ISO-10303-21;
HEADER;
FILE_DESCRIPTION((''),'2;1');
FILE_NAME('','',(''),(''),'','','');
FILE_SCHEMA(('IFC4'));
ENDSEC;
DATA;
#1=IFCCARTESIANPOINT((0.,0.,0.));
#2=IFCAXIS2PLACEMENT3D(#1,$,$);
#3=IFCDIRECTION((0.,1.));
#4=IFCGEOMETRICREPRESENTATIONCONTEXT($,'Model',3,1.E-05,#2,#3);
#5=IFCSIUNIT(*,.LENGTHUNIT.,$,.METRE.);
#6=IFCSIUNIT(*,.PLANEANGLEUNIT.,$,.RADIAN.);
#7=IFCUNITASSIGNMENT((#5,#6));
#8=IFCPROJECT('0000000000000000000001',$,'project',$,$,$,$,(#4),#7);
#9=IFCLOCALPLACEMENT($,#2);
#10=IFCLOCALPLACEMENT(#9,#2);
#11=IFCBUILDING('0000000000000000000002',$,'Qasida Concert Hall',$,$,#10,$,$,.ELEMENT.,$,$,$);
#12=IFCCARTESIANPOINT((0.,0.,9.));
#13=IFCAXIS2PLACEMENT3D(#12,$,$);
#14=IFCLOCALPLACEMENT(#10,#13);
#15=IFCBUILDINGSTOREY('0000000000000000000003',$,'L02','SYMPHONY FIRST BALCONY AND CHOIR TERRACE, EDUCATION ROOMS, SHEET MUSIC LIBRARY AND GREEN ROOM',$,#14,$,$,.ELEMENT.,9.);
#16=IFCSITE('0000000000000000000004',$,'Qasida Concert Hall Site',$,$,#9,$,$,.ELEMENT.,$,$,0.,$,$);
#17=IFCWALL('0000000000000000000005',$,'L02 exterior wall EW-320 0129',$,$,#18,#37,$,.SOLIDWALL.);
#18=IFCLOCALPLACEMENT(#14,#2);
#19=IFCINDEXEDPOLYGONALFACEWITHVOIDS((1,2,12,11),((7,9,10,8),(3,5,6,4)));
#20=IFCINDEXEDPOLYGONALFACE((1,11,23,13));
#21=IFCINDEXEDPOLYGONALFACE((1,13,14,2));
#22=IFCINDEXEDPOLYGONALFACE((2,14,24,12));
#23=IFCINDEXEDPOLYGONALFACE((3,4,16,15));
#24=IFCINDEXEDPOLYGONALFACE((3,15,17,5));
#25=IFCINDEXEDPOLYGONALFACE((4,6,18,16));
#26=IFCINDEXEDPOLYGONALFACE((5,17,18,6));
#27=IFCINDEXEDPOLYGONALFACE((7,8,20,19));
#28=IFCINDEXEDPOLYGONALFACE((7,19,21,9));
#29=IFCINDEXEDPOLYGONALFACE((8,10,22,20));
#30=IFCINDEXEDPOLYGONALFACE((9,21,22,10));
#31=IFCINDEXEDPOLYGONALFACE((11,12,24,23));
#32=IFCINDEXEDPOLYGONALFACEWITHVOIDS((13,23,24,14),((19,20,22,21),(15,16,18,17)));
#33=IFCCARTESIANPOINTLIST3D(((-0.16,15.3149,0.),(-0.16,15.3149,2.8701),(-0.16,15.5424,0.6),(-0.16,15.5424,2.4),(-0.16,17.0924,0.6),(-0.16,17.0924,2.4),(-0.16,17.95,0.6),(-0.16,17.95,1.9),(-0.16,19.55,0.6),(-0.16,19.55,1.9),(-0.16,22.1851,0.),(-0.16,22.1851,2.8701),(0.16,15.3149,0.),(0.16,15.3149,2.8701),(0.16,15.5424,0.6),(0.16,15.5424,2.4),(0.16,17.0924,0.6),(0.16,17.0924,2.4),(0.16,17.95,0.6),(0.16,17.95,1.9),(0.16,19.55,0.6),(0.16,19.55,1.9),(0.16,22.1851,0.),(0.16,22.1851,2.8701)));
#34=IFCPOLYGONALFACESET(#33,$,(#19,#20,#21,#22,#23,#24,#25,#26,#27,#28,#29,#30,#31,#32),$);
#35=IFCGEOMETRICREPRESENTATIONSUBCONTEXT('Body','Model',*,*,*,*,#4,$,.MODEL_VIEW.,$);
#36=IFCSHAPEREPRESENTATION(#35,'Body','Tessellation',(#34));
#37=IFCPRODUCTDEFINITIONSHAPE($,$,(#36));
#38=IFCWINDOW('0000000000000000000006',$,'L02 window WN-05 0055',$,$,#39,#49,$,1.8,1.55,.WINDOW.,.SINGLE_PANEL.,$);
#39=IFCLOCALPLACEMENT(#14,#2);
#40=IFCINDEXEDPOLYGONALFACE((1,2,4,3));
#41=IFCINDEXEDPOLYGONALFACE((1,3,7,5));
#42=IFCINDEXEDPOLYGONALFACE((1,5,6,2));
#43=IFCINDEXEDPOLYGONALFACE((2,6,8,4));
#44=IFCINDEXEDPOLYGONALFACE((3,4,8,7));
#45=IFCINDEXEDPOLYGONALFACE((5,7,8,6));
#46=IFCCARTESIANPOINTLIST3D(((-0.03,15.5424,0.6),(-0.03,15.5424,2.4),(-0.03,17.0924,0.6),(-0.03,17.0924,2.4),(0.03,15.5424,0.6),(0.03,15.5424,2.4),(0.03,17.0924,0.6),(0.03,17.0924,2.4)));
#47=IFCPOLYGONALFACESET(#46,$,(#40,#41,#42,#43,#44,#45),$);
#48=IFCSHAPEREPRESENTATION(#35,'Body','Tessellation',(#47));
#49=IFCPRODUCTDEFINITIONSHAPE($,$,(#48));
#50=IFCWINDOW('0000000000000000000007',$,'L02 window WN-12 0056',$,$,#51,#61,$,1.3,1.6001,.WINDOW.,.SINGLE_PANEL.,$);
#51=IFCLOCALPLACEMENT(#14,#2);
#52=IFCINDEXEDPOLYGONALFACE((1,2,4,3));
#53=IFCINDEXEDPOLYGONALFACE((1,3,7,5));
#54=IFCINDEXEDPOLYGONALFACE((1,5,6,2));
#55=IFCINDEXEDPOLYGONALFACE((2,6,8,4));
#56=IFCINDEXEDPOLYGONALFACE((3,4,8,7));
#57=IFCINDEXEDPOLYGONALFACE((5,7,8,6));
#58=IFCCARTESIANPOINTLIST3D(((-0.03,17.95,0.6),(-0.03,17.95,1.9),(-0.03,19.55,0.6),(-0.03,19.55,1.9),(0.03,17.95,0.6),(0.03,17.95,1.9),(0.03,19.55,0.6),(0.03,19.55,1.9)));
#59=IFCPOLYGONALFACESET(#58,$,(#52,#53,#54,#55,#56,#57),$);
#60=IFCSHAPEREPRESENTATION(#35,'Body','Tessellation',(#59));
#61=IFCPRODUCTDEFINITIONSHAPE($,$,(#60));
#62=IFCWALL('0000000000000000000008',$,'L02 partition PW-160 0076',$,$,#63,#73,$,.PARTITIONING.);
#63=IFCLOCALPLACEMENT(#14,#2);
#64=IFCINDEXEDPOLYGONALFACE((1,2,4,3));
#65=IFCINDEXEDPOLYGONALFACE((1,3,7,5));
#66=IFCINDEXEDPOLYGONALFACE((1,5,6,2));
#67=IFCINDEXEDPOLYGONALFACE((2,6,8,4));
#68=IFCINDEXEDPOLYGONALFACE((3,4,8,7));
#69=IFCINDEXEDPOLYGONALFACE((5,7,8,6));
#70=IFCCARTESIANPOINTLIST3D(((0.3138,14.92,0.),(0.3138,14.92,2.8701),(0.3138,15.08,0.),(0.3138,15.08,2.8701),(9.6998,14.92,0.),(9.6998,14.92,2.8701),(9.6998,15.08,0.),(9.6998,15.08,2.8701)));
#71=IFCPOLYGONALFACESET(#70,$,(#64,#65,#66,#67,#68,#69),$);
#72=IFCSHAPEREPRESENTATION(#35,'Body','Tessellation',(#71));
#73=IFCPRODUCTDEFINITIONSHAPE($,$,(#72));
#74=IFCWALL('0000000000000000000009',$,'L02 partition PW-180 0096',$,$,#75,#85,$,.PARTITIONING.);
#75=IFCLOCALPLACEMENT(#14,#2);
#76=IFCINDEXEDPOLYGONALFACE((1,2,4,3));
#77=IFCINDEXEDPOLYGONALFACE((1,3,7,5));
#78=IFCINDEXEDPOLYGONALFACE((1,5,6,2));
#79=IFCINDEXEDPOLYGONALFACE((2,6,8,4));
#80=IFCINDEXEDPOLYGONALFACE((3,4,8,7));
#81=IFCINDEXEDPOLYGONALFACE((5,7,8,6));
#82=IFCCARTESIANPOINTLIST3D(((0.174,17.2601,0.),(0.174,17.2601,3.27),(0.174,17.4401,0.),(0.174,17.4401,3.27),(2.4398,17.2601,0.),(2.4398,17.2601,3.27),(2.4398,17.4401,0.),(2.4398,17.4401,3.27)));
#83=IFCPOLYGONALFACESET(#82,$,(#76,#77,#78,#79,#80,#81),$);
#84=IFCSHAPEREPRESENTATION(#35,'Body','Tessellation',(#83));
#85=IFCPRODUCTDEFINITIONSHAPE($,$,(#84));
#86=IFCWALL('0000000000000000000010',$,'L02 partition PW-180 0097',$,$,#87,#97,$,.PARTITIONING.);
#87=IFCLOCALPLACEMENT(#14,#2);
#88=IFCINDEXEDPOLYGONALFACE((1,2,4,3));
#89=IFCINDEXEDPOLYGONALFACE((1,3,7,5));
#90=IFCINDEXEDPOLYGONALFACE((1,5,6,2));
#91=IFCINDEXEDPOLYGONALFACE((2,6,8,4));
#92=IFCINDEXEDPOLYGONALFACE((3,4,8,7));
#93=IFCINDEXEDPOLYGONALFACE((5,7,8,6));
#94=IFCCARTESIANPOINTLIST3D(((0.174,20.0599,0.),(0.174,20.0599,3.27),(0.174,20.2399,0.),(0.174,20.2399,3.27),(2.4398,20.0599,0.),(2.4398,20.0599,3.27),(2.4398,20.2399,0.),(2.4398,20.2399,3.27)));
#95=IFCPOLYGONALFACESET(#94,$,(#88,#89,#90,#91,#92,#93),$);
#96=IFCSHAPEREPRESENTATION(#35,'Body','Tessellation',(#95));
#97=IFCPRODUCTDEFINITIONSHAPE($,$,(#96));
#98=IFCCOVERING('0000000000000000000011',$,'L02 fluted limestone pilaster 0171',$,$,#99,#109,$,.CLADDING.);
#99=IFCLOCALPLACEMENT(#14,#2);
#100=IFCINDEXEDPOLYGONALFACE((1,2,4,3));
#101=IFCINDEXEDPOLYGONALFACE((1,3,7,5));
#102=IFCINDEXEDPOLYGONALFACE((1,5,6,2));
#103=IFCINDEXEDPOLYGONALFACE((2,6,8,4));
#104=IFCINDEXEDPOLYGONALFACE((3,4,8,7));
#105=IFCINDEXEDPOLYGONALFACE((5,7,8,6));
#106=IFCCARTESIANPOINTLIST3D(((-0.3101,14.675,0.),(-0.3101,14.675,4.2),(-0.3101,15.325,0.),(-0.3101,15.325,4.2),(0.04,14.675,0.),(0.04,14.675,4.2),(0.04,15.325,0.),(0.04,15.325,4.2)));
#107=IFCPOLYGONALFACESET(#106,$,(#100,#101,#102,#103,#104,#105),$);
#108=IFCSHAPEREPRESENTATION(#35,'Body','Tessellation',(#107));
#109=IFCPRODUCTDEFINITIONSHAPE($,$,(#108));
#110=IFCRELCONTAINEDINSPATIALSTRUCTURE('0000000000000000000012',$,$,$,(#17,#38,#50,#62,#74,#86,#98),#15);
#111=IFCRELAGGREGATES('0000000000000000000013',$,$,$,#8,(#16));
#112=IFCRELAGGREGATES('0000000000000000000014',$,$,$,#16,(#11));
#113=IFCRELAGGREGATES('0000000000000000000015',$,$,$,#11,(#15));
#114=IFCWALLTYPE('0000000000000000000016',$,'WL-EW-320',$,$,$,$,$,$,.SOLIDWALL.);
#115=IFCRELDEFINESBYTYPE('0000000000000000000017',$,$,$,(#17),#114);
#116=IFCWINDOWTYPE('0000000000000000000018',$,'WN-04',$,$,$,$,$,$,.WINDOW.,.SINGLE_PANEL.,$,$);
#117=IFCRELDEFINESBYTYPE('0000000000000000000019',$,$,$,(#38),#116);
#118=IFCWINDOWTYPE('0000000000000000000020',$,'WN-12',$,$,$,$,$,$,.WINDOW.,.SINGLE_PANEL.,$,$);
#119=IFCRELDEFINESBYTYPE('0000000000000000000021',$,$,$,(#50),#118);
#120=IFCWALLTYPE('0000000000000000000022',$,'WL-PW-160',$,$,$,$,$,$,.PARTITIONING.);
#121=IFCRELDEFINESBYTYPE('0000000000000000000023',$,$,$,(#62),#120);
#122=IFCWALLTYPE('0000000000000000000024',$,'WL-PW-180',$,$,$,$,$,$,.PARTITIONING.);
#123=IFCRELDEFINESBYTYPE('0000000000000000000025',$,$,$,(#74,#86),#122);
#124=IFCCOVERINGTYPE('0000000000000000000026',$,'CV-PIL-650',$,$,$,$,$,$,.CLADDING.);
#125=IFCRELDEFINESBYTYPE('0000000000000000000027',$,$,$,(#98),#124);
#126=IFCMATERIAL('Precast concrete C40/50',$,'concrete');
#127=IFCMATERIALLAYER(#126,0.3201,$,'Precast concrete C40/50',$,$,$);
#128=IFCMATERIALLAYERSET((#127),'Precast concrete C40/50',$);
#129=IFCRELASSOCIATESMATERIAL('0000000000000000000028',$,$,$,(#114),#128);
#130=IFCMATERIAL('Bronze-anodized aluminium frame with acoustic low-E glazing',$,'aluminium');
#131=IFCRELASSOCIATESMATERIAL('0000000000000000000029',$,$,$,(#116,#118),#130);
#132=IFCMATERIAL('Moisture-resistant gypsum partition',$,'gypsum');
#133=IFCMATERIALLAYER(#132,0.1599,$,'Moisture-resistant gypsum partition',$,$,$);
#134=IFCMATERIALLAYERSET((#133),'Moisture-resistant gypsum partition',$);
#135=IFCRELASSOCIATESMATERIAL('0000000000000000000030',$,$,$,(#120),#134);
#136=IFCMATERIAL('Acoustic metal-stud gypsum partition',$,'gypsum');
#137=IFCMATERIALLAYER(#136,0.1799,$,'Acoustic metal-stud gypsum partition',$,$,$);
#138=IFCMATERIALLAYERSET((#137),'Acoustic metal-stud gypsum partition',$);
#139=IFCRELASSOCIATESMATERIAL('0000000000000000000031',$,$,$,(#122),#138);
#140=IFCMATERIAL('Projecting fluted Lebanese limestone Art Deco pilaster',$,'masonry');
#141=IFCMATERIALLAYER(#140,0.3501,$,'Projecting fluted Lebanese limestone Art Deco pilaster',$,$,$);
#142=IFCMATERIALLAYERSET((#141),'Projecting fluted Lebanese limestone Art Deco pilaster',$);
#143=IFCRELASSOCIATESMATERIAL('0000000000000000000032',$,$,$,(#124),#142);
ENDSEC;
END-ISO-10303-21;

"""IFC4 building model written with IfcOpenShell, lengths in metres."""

from ifc_helpers import new_model, si_unit, direction, frame, frame_2d, origin, origin_2d, place, context, subcontext, project, spatial, rectangle, extrude, material, layer, layer_set, type_object, element, fill, save


model = new_model("IFC4")

# Units and contexts
model_context = context("Model", 3, precision=1e-05, world=origin(), true_north=direction((0.0, 1.0)))
body_context = subcontext(model_context, "Body", "Model", "MODEL_VIEW")
ifc_project = project(units=[si_unit("LENGTHUNIT", "METRE"), si_unit("PLANEANGLEUNIT", "RADIAN")], contexts=[model_context])

# Site, building, storey
site_placement = place(None, origin())
site = spatial("IfcSite", under=ifc_project, at=site_placement, Name="Qasida Concert Hall Site", CompositionType="ELEMENT", RefElevation=0.0)
building_placement = place(site_placement, origin())
building = spatial("IfcBuilding", under=site, at=building_placement, Name="Qasida Concert Hall", CompositionType="ELEMENT")
storey_placement = place(building_placement, frame((0.0, 0.0, 9.0)))
storey = spatial("IfcBuildingStorey", under=building, at=storey_placement, Name="L02", Description="SYMPHONY FIRST BALCONY AND CHOIR TERRACE, EDUCATION ROOMS, SHEET MUSIC LIBRARY AND GREEN ROOM", CompositionType="ELEMENT", Elevation=9.0)

# Wall, openings, windows
ifc_material_1 = material(Name="Precast concrete C40/50", Category="concrete")
ifc_layer_1 = layer(ifc_material_1, 0.3201, Name="Precast concrete C40/50")
ifc_layer_set_1 = layer_set([ifc_layer_1], Name="Precast concrete C40/50")
wall_type_1 = type_object("IfcWallType", Name="WL-EW-320", PredefinedType="SOLIDWALL", material=ifc_layer_set_1)
wall_1_placement = place(storey_placement, frame((0.0, 15.3149, 0.0), z_axis=(0.0, 0.0, 1.0), x_axis=(0.0, 1.0, 0.0)))
wall_1 = element("IfcWall", 1, at=wall_1_placement, inside=storey, type_object=wall_type_1, Name="L02 exterior wall EW-320 0129", PredefinedType="SOLIDWALL", context=body_context, shape_type="SweptSolid", body=[
    extrude(rectangle(XDim=6.8701, YDim=0.3201, at=frame_2d((3.4351, 0.0))), origin(), (0.0, 0.0, 1.0), 2.8701),
])
opening_1_placement = place(wall_1_placement, frame((0.2275, 0.0, 0.6001)))
opening_1 = element("IfcOpeningElement", 2, at=opening_1_placement, cuts=wall_1, PredefinedType="OPENING", context=body_context, shape_type="SweptSolid", body=[
    extrude(rectangle(XDim=1.55, YDim=1.8, at=frame_2d((0.7749, 0.8999))), frame((0.0, 0.1699, 0.0), z_axis=(0.0, -1.0, 0.0), x_axis=(1.0, 0.0, 0.0)), (0.0, 0.0, 1.0), 0.3401),
])
opening_2_placement = place(wall_1_placement, frame((2.635, 0.0, 0.6001)))
opening_2 = element("IfcOpeningElement", 3, at=opening_2_placement, cuts=wall_1, PredefinedType="OPENING", context=body_context, shape_type="SweptSolid", body=[
    extrude(rectangle(XDim=1.6001, YDim=1.3, at=frame_2d((0.8, 0.6499))), frame((0.0, 0.1699, 0.0), z_axis=(0.0, -1.0, 0.0), x_axis=(1.0, 0.0, 0.0)), (0.0, 0.0, 1.0), 0.3401),
])
ifc_material_2 = material(Name="Bronze-anodized aluminium frame with acoustic low-E glazing", Category="aluminium")
window_type_1 = type_object("IfcWindowType", Name="WN-04", PartitioningType="SINGLE_PANEL", PredefinedType="WINDOW", material=ifc_material_2)
window_1_placement = place(opening_1_placement, origin())
window_1 = element("IfcWindow", 4, at=window_1_placement, inside=storey, type_object=window_type_1, Name="L02 window WN-05 0055", OverallHeight=1.8, OverallWidth=1.55, PartitioningType="SINGLE_PANEL", PredefinedType="WINDOW", context=body_context, shape_type="SweptSolid", body=[
    extrude(rectangle(XDim=1.55, YDim=1.8, at=frame_2d((0.7749, 0.8999))), frame((0.0, 0.03, 0.0), z_axis=(0.0, -1.0, 0.0), x_axis=(1.0, 0.0, 0.0)), (0.0, 0.0, 1.0), 0.0601),
])
fill(opening_1, window_1)
window_type_2 = type_object("IfcWindowType", Name="WN-12", PartitioningType="SINGLE_PANEL", PredefinedType="WINDOW", material=ifc_material_2)
window_2_placement = place(opening_2_placement, origin())
window_2 = element("IfcWindow", 5, at=window_2_placement, inside=storey, type_object=window_type_2, Name="L02 window WN-12 0056", OverallHeight=1.3, OverallWidth=1.6001, PartitioningType="SINGLE_PANEL", PredefinedType="WINDOW", context=body_context, shape_type="SweptSolid", body=[
    extrude(rectangle(XDim=1.6001, YDim=1.3, at=frame_2d((0.8, 0.6499))), frame((0.0, 0.03, 0.0), z_axis=(0.0, -1.0, 0.0), x_axis=(1.0, 0.0, 0.0)), (0.0, 0.0, 1.0), 0.0601),
])
fill(opening_2, window_2)

# Walls
ifc_material_3 = material(Name="Moisture-resistant gypsum partition", Category="gypsum")
ifc_layer_2 = layer(ifc_material_3, 0.1599, Name="Moisture-resistant gypsum partition")
ifc_layer_set_2 = layer_set([ifc_layer_2], Name="Moisture-resistant gypsum partition")
wall_type_2 = type_object("IfcWallType", Name="WL-PW-160", PredefinedType="PARTITIONING", material=ifc_layer_set_2)
wall_2_placement = place(storey_placement, frame((0.314, 15.0, 0.0), z_axis=(0.0, 0.0, 1.0), x_axis=(1.0, 0.0, 0.0)))
element("IfcWall", 6, at=wall_2_placement, inside=storey, type_object=wall_type_2, Name="L02 partition PW-160 0076", PredefinedType="PARTITIONING", context=body_context, shape_type="SweptSolid", body=[
    extrude(rectangle(XDim=9.386, YDim=0.1599, at=frame_2d((4.6929, 0.0))), origin(), (0.0, 0.0, 1.0), 2.8701),
])
ifc_material_4 = material(Name="Acoustic metal-stud gypsum partition", Category="gypsum")
ifc_layer_3 = layer(ifc_material_4, 0.1799, Name="Acoustic metal-stud gypsum partition")
ifc_layer_set_3 = layer_set([ifc_layer_3], Name="Acoustic metal-stud gypsum partition")
wall_type_3 = type_object("IfcWallType", Name="WL-PW-180", PredefinedType="PARTITIONING", material=ifc_layer_set_3)
for number, where, z_axis, x_axis, name in (
    (7, (0.1741, 17.3501, 0.0), (0.0, 0.0, 1.0), (1.0, 0.0, 0.0), "L02 partition PW-180 0096"),
    (8, (0.1741, 20.1499, 0.0), (0.0, 0.0, 1.0), (1.0, 0.0, 0.0), "L02 partition PW-180 0097"),
):
    element("IfcWall", number, at=place(storey_placement, frame(where, z_axis=z_axis, x_axis=x_axis)), inside=storey, type_object=wall_type_3, Name=name, PredefinedType="PARTITIONING", context=body_context, shape_type="SweptSolid", body=[
        extrude(rectangle(XDim=2.2659, YDim=0.1799, at=frame_2d((1.1328, 0.0))), origin(), (0.0, 0.0, 1.0), 3.27),
    ])

# Covering
ifc_material_5 = material(Name="Projecting fluted Lebanese limestone Art Deco pilaster", Category="masonry")
ifc_layer_4 = layer(ifc_material_5, 0.3501, Name="Projecting fluted Lebanese limestone Art Deco pilaster")
ifc_layer_set_4 = layer_set([ifc_layer_4], Name="Projecting fluted Lebanese limestone Art Deco pilaster")
covering_type = type_object("IfcCoveringType", Name="CV-PIL-650", PredefinedType="CLADDING", material=ifc_layer_set_4)
covering_placement = place(storey_placement, frame((-0.135, 15.0, 0.0), z_axis=(0.0, 0.0, 1.0), x_axis=(1.0, 0.0, 0.0)))
element("IfcCovering", 9, at=covering_placement, inside=storey, type_object=covering_type, Name="L02 fluted limestone pilaster 0171", PredefinedType="CLADDING", context=body_context, shape_type="SweptSolid", body=[
    extrude(rectangle(XDim=0.3501, YDim=0.6499, at=origin_2d()), origin(), (0.0, 0.0, 1.0), 4.2),
])

save(model, "model.ifc")
